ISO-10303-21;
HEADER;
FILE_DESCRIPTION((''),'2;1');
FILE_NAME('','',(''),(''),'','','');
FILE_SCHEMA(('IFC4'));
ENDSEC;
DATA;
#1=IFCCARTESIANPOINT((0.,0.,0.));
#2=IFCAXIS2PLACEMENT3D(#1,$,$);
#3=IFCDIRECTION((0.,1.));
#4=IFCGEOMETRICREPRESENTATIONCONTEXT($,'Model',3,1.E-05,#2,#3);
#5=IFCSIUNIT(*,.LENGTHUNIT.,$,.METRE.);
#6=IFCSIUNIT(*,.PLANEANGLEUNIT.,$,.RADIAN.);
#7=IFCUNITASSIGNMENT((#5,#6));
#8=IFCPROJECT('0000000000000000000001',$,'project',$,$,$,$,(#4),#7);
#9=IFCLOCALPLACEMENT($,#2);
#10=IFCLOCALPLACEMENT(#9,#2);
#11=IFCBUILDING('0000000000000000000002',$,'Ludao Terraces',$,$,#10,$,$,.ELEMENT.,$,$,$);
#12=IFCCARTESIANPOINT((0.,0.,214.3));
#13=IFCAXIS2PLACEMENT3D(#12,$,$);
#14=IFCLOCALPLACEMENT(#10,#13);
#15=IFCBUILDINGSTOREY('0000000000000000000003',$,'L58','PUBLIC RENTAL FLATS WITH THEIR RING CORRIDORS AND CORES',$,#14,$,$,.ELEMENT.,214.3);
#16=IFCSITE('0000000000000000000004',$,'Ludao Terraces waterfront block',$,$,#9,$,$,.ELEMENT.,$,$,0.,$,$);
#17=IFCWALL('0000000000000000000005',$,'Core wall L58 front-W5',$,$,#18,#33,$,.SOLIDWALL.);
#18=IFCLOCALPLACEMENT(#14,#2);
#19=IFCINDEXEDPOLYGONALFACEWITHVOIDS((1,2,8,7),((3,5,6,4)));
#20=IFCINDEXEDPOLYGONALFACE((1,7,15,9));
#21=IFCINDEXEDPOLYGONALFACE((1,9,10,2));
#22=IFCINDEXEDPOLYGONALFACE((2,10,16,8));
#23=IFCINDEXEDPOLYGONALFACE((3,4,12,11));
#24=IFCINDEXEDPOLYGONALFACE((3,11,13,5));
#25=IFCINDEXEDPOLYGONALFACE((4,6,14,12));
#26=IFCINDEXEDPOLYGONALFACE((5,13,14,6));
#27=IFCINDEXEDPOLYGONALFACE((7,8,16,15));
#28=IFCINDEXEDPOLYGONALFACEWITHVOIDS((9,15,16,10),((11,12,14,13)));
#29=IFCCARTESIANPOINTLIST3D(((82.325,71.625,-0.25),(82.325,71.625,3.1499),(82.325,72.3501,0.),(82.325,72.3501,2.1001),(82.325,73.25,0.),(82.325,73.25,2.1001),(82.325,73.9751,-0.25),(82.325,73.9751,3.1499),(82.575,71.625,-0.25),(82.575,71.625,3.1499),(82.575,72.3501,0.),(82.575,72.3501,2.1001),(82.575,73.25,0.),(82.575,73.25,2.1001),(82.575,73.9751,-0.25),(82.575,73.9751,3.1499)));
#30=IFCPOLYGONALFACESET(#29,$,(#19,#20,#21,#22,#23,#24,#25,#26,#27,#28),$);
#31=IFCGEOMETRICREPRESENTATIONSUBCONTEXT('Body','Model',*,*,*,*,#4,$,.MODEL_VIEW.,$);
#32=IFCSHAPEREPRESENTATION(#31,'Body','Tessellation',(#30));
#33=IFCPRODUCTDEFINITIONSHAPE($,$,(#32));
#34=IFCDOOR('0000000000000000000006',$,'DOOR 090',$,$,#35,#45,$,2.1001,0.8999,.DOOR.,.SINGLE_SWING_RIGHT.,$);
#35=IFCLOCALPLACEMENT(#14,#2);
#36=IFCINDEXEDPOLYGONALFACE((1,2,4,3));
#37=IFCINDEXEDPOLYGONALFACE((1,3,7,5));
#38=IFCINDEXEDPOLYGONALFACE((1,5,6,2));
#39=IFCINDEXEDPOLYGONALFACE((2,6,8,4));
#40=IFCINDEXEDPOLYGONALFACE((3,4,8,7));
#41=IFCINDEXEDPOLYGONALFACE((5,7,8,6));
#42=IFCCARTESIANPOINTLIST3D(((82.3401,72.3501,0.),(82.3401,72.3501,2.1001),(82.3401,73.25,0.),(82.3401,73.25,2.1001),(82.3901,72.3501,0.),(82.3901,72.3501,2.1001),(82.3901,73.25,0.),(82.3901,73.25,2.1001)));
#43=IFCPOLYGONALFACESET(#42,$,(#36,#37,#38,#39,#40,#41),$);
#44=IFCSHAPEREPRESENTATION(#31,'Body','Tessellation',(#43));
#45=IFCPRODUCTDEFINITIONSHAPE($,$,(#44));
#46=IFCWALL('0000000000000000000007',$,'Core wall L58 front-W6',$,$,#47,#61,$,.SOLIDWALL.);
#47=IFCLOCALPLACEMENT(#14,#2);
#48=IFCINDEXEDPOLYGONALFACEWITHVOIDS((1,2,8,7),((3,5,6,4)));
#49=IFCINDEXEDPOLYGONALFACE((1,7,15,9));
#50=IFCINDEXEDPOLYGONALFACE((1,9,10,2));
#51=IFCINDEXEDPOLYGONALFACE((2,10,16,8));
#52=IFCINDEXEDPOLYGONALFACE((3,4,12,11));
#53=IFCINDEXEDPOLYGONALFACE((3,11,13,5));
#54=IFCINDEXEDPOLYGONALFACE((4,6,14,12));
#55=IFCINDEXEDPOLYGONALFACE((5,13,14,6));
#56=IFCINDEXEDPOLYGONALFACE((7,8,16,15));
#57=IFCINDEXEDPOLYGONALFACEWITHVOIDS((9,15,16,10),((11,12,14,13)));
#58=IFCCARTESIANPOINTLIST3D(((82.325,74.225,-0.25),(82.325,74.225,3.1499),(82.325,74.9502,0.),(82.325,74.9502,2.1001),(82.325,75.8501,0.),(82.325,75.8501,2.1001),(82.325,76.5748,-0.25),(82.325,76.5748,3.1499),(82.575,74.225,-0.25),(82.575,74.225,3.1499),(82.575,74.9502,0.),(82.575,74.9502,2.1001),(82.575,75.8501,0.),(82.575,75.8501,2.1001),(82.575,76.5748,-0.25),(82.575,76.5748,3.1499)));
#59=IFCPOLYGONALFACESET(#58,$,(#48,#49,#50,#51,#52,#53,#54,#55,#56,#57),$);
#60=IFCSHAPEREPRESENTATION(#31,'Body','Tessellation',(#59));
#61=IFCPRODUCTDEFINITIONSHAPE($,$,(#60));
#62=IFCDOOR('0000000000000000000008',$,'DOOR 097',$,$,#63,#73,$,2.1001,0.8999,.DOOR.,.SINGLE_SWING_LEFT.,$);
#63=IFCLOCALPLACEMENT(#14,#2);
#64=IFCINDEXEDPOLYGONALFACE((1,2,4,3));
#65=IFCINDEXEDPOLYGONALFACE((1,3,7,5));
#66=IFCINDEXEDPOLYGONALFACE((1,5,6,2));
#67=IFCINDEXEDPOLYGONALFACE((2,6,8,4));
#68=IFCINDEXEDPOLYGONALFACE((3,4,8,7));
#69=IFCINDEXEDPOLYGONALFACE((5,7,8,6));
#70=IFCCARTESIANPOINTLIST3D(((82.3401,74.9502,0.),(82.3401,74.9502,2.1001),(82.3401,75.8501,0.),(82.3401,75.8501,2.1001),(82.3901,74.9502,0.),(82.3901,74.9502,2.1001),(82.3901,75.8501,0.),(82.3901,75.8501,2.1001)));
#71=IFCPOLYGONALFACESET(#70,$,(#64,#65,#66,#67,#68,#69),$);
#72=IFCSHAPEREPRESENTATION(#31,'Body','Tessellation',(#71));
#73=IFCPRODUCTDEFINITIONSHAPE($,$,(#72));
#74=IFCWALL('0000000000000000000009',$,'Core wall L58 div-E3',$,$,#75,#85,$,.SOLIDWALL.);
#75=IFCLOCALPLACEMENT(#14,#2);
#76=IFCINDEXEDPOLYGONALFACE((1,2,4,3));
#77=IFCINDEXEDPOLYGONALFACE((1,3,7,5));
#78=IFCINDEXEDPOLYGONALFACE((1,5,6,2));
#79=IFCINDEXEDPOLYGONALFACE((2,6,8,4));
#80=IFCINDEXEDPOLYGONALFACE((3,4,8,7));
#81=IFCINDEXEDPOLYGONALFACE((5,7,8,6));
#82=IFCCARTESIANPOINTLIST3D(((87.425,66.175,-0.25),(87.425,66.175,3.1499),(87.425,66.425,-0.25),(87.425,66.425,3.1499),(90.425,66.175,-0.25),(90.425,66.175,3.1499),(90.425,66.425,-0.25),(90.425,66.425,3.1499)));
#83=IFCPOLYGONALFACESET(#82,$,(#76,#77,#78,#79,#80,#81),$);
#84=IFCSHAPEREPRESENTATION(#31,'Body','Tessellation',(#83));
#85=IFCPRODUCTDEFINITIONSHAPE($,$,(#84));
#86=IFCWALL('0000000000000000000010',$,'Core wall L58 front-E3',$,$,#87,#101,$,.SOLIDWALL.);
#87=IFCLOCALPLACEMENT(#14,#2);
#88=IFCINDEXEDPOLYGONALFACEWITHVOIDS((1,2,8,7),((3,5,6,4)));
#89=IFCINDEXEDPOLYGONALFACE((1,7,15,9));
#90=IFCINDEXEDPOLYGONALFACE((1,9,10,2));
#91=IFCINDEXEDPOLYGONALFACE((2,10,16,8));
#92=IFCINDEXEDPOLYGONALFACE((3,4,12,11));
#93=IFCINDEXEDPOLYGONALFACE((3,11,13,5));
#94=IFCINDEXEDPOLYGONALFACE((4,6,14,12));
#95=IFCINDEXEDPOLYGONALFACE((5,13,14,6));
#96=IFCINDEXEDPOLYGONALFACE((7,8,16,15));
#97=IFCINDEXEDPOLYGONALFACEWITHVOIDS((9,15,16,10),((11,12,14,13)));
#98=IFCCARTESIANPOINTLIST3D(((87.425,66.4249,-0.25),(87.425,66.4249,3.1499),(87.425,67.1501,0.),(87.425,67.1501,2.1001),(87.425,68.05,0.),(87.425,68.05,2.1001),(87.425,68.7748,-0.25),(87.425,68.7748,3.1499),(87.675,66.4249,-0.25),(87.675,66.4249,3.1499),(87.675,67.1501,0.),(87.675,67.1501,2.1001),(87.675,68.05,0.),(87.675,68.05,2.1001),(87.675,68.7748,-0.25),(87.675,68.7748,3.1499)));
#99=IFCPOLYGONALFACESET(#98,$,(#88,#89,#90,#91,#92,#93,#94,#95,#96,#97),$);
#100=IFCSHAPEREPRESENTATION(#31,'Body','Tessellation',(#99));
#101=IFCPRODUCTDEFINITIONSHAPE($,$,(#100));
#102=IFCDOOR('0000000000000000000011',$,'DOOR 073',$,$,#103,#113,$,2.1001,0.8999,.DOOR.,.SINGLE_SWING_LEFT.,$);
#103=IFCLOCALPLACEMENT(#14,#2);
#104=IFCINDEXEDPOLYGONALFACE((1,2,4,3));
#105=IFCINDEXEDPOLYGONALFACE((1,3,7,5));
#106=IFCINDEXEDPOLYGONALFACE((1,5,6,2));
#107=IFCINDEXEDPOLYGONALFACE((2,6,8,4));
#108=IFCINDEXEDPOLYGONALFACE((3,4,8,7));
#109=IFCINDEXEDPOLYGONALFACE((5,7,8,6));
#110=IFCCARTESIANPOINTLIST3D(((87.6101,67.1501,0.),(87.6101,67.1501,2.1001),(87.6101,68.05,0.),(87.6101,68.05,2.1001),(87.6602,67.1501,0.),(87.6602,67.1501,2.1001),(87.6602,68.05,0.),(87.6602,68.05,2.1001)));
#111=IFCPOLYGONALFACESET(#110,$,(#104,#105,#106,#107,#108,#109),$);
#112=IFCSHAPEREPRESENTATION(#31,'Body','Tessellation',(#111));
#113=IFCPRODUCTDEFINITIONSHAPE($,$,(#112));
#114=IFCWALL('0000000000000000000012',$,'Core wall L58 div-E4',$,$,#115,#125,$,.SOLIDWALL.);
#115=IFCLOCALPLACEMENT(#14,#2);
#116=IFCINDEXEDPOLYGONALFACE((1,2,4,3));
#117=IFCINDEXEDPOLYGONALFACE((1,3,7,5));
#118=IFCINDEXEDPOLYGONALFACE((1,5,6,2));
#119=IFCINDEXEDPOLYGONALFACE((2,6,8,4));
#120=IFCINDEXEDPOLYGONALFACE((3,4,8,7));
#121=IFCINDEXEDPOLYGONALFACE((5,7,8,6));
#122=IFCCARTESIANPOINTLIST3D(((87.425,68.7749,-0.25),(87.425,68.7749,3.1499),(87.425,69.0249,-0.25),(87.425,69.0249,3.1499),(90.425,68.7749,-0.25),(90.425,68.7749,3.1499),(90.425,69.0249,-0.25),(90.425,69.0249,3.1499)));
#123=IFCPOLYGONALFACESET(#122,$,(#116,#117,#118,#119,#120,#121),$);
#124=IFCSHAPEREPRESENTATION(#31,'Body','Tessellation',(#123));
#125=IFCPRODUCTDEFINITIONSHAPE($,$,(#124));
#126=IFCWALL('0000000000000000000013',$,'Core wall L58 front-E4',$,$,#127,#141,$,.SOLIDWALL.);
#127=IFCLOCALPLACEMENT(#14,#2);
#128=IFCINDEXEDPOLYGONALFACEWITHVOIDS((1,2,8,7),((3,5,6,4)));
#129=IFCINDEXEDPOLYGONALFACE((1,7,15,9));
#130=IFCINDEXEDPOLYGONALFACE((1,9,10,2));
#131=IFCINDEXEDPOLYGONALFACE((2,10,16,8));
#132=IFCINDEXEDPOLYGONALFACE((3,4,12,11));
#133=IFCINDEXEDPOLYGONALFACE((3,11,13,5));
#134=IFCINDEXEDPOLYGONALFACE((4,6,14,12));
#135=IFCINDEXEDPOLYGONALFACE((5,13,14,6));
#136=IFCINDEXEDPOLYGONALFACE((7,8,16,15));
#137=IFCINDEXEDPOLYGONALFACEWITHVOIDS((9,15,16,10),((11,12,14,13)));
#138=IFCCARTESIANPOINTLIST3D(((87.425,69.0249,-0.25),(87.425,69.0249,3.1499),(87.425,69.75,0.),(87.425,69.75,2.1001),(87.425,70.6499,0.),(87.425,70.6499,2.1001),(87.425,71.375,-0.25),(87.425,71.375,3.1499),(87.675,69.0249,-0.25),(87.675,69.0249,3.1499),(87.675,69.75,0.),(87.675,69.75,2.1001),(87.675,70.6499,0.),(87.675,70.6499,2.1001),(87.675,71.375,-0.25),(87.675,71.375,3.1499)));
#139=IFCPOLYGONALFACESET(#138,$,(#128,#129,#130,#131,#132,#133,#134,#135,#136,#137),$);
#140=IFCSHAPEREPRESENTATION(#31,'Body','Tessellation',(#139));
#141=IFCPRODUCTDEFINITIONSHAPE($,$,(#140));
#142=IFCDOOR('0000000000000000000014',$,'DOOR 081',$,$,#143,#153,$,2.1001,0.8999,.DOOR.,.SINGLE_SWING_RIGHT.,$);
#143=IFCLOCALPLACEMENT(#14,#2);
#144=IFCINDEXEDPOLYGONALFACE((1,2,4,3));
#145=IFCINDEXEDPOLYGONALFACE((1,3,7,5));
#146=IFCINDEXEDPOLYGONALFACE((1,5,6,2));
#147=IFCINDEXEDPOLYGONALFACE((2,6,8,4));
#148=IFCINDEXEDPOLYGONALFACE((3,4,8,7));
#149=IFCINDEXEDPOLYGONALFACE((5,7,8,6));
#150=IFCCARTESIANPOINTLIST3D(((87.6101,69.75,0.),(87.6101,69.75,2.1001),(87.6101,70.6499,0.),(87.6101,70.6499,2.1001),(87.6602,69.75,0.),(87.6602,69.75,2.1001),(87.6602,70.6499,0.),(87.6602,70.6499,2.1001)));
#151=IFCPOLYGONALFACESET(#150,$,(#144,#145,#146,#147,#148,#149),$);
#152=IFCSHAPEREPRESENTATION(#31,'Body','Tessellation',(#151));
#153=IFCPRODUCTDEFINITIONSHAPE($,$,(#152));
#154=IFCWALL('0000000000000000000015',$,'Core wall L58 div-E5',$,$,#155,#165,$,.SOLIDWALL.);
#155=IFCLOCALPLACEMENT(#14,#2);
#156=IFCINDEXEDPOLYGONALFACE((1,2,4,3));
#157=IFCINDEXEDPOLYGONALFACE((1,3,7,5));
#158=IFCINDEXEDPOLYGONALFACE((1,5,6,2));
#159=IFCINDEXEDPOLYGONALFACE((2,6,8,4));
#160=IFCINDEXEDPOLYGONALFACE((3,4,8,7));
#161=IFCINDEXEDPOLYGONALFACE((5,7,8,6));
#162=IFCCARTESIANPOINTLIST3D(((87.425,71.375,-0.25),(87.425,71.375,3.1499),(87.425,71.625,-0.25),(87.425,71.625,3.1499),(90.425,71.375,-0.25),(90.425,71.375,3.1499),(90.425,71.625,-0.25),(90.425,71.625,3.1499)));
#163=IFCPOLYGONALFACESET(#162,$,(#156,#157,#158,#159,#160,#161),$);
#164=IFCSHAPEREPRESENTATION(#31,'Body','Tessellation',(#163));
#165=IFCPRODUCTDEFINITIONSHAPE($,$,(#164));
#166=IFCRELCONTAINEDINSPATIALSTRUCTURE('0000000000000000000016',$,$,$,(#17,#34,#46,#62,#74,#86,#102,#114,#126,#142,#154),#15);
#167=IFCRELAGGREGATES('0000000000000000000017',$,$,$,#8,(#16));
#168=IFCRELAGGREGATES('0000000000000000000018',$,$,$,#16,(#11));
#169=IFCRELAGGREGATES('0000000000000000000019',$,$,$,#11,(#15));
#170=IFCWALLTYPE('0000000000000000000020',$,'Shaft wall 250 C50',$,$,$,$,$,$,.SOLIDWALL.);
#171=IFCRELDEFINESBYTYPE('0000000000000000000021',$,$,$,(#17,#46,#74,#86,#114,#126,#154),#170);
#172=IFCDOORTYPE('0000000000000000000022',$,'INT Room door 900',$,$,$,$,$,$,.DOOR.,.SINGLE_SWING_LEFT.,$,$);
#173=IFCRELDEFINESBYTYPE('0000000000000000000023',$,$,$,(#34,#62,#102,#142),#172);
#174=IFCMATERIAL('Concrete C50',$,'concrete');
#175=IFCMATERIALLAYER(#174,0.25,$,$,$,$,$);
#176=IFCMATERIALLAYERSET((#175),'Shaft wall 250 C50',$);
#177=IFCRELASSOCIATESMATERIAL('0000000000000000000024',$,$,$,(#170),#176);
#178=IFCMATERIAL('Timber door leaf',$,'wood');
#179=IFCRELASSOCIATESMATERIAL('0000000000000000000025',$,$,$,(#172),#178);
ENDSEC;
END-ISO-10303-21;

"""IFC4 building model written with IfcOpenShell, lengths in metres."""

from ifc_helpers import new_model, si_unit, direction, frame, frame_2d, origin, place, context, subcontext, project, spatial, rectangle, extrude, material, layer, layer_set, type_object, element, fill, save


model = new_model("IFC4")

# Units and contexts
model_context = context("Model", 3, precision=1e-05, world=origin(), true_north=direction((0.0, 1.0)))
body_context = subcontext(model_context, "Body", "Model", "MODEL_VIEW")
ifc_project = project(units=[si_unit("LENGTHUNIT", "METRE"), si_unit("PLANEANGLEUNIT", "RADIAN")], contexts=[model_context])

# Site, building, storey
site_placement = place(None, origin())
site = spatial("IfcSite", under=ifc_project, at=site_placement, Name="Ludao Terraces waterfront block", CompositionType="ELEMENT", RefElevation=0.0)
building_placement = place(site_placement, origin())
building = spatial("IfcBuilding", under=site, at=building_placement, Name="Ludao Terraces", CompositionType="ELEMENT")
storey_placement = place(building_placement, frame((0.0, 0.0, 214.3)))
storey = spatial("IfcBuildingStorey", under=building, at=storey_placement, Name="L58", Description="PUBLIC RENTAL FLATS WITH THEIR RING CORRIDORS AND CORES", CompositionType="ELEMENT", Elevation=214.3)

# Walls, openings, doors
ifc_material_1 = material(Name="Concrete C50", Category="concrete")
ifc_layer_1 = layer(ifc_material_1, 0.25)
ifc_layer_set_1 = layer_set([ifc_layer_1], Name="Shaft wall 250 C50")
wall_type_1 = type_object("IfcWallType", Name="Shaft wall 250 C50", PredefinedType="SOLIDWALL", material=ifc_layer_set_1)
wall_1_placement = place(storey_placement, frame((82.45, 71.625, -0.25), z_axis=(0.0, 0.0, 1.0), x_axis=(0.0, 1.0, 0.0)))
wall_1 = element("IfcWall", 1, at=wall_1_placement, inside=storey, type_object=wall_type_1, Name="Core wall L58 front-W5", PredefinedType="SOLIDWALL", context=body_context, shape_type="SweptSolid", body=[
    extrude(rectangle(XDim=2.3501, YDim=0.25, at=frame_2d((1.175, 0.0))), origin(), (0.0, 0.0, 1.0), 3.3999),
])
opening_1_placement = place(wall_1_placement, frame((0.7251, 0.0, 0.25)))
opening_1 = element("IfcOpeningElement", 2, at=opening_1_placement, cuts=wall_1, PredefinedType="OPENING", context=body_context, shape_type="SweptSolid", body=[
    extrude(rectangle(XDim=0.8999, YDim=2.1001, at=frame_2d((0.45, 1.05))), frame((0.0, 0.135, 0.0), z_axis=(0.0, -1.0, 0.0), x_axis=(1.0, 0.0, 0.0)), (0.0, 0.0, 1.0), 0.27),
])
ifc_material_2 = material(Name="Timber door leaf", Category="wood")
door_type_1 = type_object("IfcDoorType", Name="INT Room door 900", OperationType="SINGLE_SWING_LEFT", PredefinedType="DOOR", material=ifc_material_2)
door_1_placement = place(opening_1_placement, origin())
door_1 = element("IfcDoor", 3, at=door_1_placement, inside=storey, type_object=door_type_1, Name="DOOR 090", OperationType="SINGLE_SWING_RIGHT", OverallHeight=2.1001, OverallWidth=0.8999, PredefinedType="DOOR", context=body_context, shape_type="SweptSolid", body=[
    extrude(rectangle(XDim=0.8999, YDim=2.1001, at=frame_2d((0.45, 1.05))), frame((0.0, 0.1099, 0.0), z_axis=(0.0, -1.0, 0.0), x_axis=(1.0, 0.0, 0.0)), (0.0, 0.0, 1.0), 0.05),
])
fill(opening_1, door_1)
wall_2_placement = place(storey_placement, frame((82.45, 74.2251, -0.25), z_axis=(0.0, 0.0, 1.0), x_axis=(0.0, 1.0, 0.0)))
wall_2 = element("IfcWall", 4, at=wall_2_placement, inside=storey, type_object=wall_type_1, Name="Core wall L58 front-W6", PredefinedType="SOLIDWALL", context=body_context, shape_type="SweptSolid", body=[
    extrude(rectangle(XDim=2.3499, YDim=0.25, at=frame_2d((1.1748, 0.0))), origin(), (0.0, 0.0, 1.0), 3.3999),
])
opening_2_placement = place(wall_2_placement, frame((0.7251, 0.0, 0.25)))
opening_2 = element("IfcOpeningElement", 5, at=opening_2_placement, cuts=wall_2, PredefinedType="OPENING", context=body_context, shape_type="SweptSolid", body=[
    extrude(rectangle(XDim=0.8999, YDim=2.1001, at=frame_2d((0.45, 1.05))), frame((0.0, 0.135, 0.0), z_axis=(0.0, -1.0, 0.0), x_axis=(1.0, 0.0, 0.0)), (0.0, 0.0, 1.0), 0.27),
])
door_2_placement = place(opening_2_placement, origin())
door_2 = element("IfcDoor", 6, at=door_2_placement, inside=storey, type_object=door_type_1, Name="DOOR 097", OperationType="SINGLE_SWING_LEFT", OverallHeight=2.1001, OverallWidth=0.8999, PredefinedType="DOOR", context=body_context, shape_type="SweptSolid", body=[
    extrude(rectangle(XDim=0.8999, YDim=2.1001, at=frame_2d((0.45, 1.05))), frame((0.0, 0.1099, 0.0), z_axis=(0.0, -1.0, 0.0), x_axis=(1.0, 0.0, 0.0)), (0.0, 0.0, 1.0), 0.05),
])
fill(opening_2, door_2)

# Wall
wall_3_placement = place(storey_placement, frame((87.425, 66.3, -0.25), z_axis=(0.0, 0.0, 1.0), x_axis=(1.0, 0.0, 0.0)))
element("IfcWall", 7, at=wall_3_placement, inside=storey, type_object=wall_type_1, Name="Core wall L58 div-E3", PredefinedType="SOLIDWALL", context=body_context, shape_type="SweptSolid", body=[
    extrude(rectangle(XDim=3.0, YDim=0.25, at=frame_2d((1.5, 0.0))), origin(), (0.0, 0.0, 1.0), 3.3999),
])

# Wall, opening, door
wall_4_placement = place(storey_placement, frame((87.55, 66.425, -0.25), z_axis=(0.0, 0.0, 1.0), x_axis=(0.0, 1.0, 0.0)))
wall_4 = element("IfcWall", 8, at=wall_4_placement, inside=storey, type_object=wall_type_1, Name="Core wall L58 front-E3", PredefinedType="SOLIDWALL", context=body_context, shape_type="SweptSolid", body=[
    extrude(rectangle(XDim=2.3499, YDim=0.25, at=frame_2d((1.1748, 0.0))), origin(), (0.0, 0.0, 1.0), 3.3999),
])
opening_3_placement = place(wall_4_placement, frame((0.7251, 0.0, 0.25)))
opening_3 = element("IfcOpeningElement", 9, at=opening_3_placement, cuts=wall_4, PredefinedType="OPENING", context=body_context, shape_type="SweptSolid", body=[
    extrude(rectangle(XDim=0.8999, YDim=2.1001, at=frame_2d((0.45, 1.05))), frame((0.0, 0.135, 0.0), z_axis=(0.0, -1.0, 0.0), x_axis=(1.0, 0.0, 0.0)), (0.0, 0.0, 1.0), 0.27),
])
door_3_placement = place(opening_3_placement, origin())
door_3 = element("IfcDoor", 10, at=door_3_placement, inside=storey, type_object=door_type_1, Name="DOOR 073", OperationType="SINGLE_SWING_LEFT", OverallHeight=2.1001, OverallWidth=0.8999, PredefinedType="DOOR", context=body_context, shape_type="SweptSolid", body=[
    extrude(rectangle(XDim=0.8999, YDim=2.1001, at=frame_2d((0.45, 1.05))), frame((0.0, -0.0601, 0.0), z_axis=(0.0, -1.0, 0.0), x_axis=(1.0, 0.0, 0.0)), (0.0, 0.0, 1.0), 0.05),
])
fill(opening_3, door_3)

# Wall
wall_5_placement = place(storey_placement, frame((87.425, 68.8999, -0.25), z_axis=(0.0, 0.0, 1.0), x_axis=(1.0, 0.0, 0.0)))
element("IfcWall", 11, at=wall_5_placement, inside=storey, type_object=wall_type_1, Name="Core wall L58 div-E4", PredefinedType="SOLIDWALL", context=body_context, shape_type="SweptSolid", body=[
    extrude(rectangle(XDim=3.0, YDim=0.25, at=frame_2d((1.5, 0.0))), origin(), (0.0, 0.0, 1.0), 3.3999),
])

# Wall, opening, door
wall_6_placement = place(storey_placement, frame((87.55, 69.0249, -0.25), z_axis=(0.0, 0.0, 1.0), x_axis=(0.0, 1.0, 0.0)))
wall_6 = element("IfcWall", 12, at=wall_6_placement, inside=storey, type_object=wall_type_1, Name="Core wall L58 front-E4", PredefinedType="SOLIDWALL", context=body_context, shape_type="SweptSolid", body=[
    extrude(rectangle(XDim=2.3501, YDim=0.25, at=frame_2d((1.175, 0.0))), origin(), (0.0, 0.0, 1.0), 3.3999),
])
opening_4_placement = place(wall_6_placement, frame((0.7251, 0.0, 0.25)))
opening_4 = element("IfcOpeningElement", 13, at=opening_4_placement, cuts=wall_6, PredefinedType="OPENING", context=body_context, shape_type="SweptSolid", body=[
    extrude(rectangle(XDim=0.8999, YDim=2.1001, at=frame_2d((0.45, 1.05))), frame((0.0, 0.135, 0.0), z_axis=(0.0, -1.0, 0.0), x_axis=(1.0, 0.0, 0.0)), (0.0, 0.0, 1.0), 0.27),
])
door_4_placement = place(opening_4_placement, origin())
door_4 = element("IfcDoor", 14, at=door_4_placement, inside=storey, type_object=door_type_1, Name="DOOR 081", OperationType="SINGLE_SWING_RIGHT", OverallHeight=2.1001, OverallWidth=0.8999, PredefinedType="DOOR", context=body_context, shape_type="SweptSolid", body=[
    extrude(rectangle(XDim=0.8999, YDim=2.1001, at=frame_2d((0.45, 1.05))), frame((0.0, -0.0601, 0.0), z_axis=(0.0, -1.0, 0.0), x_axis=(1.0, 0.0, 0.0)), (0.0, 0.0, 1.0), 0.05),
])
fill(opening_4, door_4)

# Wall
wall_7_placement = place(storey_placement, frame((87.425, 71.5, -0.25), z_axis=(0.0, 0.0, 1.0), x_axis=(1.0, 0.0, 0.0)))
element("IfcWall", 15, at=wall_7_placement, inside=storey, type_object=wall_type_1, Name="Core wall L58 div-E5", PredefinedType="SOLIDWALL", context=body_context, shape_type="SweptSolid", body=[
    extrude(rectangle(XDim=3.0, YDim=0.25, at=frame_2d((1.5, 0.0))), origin(), (0.0, 0.0, 1.0), 3.3999),
])

save(model, "model.ifc")
